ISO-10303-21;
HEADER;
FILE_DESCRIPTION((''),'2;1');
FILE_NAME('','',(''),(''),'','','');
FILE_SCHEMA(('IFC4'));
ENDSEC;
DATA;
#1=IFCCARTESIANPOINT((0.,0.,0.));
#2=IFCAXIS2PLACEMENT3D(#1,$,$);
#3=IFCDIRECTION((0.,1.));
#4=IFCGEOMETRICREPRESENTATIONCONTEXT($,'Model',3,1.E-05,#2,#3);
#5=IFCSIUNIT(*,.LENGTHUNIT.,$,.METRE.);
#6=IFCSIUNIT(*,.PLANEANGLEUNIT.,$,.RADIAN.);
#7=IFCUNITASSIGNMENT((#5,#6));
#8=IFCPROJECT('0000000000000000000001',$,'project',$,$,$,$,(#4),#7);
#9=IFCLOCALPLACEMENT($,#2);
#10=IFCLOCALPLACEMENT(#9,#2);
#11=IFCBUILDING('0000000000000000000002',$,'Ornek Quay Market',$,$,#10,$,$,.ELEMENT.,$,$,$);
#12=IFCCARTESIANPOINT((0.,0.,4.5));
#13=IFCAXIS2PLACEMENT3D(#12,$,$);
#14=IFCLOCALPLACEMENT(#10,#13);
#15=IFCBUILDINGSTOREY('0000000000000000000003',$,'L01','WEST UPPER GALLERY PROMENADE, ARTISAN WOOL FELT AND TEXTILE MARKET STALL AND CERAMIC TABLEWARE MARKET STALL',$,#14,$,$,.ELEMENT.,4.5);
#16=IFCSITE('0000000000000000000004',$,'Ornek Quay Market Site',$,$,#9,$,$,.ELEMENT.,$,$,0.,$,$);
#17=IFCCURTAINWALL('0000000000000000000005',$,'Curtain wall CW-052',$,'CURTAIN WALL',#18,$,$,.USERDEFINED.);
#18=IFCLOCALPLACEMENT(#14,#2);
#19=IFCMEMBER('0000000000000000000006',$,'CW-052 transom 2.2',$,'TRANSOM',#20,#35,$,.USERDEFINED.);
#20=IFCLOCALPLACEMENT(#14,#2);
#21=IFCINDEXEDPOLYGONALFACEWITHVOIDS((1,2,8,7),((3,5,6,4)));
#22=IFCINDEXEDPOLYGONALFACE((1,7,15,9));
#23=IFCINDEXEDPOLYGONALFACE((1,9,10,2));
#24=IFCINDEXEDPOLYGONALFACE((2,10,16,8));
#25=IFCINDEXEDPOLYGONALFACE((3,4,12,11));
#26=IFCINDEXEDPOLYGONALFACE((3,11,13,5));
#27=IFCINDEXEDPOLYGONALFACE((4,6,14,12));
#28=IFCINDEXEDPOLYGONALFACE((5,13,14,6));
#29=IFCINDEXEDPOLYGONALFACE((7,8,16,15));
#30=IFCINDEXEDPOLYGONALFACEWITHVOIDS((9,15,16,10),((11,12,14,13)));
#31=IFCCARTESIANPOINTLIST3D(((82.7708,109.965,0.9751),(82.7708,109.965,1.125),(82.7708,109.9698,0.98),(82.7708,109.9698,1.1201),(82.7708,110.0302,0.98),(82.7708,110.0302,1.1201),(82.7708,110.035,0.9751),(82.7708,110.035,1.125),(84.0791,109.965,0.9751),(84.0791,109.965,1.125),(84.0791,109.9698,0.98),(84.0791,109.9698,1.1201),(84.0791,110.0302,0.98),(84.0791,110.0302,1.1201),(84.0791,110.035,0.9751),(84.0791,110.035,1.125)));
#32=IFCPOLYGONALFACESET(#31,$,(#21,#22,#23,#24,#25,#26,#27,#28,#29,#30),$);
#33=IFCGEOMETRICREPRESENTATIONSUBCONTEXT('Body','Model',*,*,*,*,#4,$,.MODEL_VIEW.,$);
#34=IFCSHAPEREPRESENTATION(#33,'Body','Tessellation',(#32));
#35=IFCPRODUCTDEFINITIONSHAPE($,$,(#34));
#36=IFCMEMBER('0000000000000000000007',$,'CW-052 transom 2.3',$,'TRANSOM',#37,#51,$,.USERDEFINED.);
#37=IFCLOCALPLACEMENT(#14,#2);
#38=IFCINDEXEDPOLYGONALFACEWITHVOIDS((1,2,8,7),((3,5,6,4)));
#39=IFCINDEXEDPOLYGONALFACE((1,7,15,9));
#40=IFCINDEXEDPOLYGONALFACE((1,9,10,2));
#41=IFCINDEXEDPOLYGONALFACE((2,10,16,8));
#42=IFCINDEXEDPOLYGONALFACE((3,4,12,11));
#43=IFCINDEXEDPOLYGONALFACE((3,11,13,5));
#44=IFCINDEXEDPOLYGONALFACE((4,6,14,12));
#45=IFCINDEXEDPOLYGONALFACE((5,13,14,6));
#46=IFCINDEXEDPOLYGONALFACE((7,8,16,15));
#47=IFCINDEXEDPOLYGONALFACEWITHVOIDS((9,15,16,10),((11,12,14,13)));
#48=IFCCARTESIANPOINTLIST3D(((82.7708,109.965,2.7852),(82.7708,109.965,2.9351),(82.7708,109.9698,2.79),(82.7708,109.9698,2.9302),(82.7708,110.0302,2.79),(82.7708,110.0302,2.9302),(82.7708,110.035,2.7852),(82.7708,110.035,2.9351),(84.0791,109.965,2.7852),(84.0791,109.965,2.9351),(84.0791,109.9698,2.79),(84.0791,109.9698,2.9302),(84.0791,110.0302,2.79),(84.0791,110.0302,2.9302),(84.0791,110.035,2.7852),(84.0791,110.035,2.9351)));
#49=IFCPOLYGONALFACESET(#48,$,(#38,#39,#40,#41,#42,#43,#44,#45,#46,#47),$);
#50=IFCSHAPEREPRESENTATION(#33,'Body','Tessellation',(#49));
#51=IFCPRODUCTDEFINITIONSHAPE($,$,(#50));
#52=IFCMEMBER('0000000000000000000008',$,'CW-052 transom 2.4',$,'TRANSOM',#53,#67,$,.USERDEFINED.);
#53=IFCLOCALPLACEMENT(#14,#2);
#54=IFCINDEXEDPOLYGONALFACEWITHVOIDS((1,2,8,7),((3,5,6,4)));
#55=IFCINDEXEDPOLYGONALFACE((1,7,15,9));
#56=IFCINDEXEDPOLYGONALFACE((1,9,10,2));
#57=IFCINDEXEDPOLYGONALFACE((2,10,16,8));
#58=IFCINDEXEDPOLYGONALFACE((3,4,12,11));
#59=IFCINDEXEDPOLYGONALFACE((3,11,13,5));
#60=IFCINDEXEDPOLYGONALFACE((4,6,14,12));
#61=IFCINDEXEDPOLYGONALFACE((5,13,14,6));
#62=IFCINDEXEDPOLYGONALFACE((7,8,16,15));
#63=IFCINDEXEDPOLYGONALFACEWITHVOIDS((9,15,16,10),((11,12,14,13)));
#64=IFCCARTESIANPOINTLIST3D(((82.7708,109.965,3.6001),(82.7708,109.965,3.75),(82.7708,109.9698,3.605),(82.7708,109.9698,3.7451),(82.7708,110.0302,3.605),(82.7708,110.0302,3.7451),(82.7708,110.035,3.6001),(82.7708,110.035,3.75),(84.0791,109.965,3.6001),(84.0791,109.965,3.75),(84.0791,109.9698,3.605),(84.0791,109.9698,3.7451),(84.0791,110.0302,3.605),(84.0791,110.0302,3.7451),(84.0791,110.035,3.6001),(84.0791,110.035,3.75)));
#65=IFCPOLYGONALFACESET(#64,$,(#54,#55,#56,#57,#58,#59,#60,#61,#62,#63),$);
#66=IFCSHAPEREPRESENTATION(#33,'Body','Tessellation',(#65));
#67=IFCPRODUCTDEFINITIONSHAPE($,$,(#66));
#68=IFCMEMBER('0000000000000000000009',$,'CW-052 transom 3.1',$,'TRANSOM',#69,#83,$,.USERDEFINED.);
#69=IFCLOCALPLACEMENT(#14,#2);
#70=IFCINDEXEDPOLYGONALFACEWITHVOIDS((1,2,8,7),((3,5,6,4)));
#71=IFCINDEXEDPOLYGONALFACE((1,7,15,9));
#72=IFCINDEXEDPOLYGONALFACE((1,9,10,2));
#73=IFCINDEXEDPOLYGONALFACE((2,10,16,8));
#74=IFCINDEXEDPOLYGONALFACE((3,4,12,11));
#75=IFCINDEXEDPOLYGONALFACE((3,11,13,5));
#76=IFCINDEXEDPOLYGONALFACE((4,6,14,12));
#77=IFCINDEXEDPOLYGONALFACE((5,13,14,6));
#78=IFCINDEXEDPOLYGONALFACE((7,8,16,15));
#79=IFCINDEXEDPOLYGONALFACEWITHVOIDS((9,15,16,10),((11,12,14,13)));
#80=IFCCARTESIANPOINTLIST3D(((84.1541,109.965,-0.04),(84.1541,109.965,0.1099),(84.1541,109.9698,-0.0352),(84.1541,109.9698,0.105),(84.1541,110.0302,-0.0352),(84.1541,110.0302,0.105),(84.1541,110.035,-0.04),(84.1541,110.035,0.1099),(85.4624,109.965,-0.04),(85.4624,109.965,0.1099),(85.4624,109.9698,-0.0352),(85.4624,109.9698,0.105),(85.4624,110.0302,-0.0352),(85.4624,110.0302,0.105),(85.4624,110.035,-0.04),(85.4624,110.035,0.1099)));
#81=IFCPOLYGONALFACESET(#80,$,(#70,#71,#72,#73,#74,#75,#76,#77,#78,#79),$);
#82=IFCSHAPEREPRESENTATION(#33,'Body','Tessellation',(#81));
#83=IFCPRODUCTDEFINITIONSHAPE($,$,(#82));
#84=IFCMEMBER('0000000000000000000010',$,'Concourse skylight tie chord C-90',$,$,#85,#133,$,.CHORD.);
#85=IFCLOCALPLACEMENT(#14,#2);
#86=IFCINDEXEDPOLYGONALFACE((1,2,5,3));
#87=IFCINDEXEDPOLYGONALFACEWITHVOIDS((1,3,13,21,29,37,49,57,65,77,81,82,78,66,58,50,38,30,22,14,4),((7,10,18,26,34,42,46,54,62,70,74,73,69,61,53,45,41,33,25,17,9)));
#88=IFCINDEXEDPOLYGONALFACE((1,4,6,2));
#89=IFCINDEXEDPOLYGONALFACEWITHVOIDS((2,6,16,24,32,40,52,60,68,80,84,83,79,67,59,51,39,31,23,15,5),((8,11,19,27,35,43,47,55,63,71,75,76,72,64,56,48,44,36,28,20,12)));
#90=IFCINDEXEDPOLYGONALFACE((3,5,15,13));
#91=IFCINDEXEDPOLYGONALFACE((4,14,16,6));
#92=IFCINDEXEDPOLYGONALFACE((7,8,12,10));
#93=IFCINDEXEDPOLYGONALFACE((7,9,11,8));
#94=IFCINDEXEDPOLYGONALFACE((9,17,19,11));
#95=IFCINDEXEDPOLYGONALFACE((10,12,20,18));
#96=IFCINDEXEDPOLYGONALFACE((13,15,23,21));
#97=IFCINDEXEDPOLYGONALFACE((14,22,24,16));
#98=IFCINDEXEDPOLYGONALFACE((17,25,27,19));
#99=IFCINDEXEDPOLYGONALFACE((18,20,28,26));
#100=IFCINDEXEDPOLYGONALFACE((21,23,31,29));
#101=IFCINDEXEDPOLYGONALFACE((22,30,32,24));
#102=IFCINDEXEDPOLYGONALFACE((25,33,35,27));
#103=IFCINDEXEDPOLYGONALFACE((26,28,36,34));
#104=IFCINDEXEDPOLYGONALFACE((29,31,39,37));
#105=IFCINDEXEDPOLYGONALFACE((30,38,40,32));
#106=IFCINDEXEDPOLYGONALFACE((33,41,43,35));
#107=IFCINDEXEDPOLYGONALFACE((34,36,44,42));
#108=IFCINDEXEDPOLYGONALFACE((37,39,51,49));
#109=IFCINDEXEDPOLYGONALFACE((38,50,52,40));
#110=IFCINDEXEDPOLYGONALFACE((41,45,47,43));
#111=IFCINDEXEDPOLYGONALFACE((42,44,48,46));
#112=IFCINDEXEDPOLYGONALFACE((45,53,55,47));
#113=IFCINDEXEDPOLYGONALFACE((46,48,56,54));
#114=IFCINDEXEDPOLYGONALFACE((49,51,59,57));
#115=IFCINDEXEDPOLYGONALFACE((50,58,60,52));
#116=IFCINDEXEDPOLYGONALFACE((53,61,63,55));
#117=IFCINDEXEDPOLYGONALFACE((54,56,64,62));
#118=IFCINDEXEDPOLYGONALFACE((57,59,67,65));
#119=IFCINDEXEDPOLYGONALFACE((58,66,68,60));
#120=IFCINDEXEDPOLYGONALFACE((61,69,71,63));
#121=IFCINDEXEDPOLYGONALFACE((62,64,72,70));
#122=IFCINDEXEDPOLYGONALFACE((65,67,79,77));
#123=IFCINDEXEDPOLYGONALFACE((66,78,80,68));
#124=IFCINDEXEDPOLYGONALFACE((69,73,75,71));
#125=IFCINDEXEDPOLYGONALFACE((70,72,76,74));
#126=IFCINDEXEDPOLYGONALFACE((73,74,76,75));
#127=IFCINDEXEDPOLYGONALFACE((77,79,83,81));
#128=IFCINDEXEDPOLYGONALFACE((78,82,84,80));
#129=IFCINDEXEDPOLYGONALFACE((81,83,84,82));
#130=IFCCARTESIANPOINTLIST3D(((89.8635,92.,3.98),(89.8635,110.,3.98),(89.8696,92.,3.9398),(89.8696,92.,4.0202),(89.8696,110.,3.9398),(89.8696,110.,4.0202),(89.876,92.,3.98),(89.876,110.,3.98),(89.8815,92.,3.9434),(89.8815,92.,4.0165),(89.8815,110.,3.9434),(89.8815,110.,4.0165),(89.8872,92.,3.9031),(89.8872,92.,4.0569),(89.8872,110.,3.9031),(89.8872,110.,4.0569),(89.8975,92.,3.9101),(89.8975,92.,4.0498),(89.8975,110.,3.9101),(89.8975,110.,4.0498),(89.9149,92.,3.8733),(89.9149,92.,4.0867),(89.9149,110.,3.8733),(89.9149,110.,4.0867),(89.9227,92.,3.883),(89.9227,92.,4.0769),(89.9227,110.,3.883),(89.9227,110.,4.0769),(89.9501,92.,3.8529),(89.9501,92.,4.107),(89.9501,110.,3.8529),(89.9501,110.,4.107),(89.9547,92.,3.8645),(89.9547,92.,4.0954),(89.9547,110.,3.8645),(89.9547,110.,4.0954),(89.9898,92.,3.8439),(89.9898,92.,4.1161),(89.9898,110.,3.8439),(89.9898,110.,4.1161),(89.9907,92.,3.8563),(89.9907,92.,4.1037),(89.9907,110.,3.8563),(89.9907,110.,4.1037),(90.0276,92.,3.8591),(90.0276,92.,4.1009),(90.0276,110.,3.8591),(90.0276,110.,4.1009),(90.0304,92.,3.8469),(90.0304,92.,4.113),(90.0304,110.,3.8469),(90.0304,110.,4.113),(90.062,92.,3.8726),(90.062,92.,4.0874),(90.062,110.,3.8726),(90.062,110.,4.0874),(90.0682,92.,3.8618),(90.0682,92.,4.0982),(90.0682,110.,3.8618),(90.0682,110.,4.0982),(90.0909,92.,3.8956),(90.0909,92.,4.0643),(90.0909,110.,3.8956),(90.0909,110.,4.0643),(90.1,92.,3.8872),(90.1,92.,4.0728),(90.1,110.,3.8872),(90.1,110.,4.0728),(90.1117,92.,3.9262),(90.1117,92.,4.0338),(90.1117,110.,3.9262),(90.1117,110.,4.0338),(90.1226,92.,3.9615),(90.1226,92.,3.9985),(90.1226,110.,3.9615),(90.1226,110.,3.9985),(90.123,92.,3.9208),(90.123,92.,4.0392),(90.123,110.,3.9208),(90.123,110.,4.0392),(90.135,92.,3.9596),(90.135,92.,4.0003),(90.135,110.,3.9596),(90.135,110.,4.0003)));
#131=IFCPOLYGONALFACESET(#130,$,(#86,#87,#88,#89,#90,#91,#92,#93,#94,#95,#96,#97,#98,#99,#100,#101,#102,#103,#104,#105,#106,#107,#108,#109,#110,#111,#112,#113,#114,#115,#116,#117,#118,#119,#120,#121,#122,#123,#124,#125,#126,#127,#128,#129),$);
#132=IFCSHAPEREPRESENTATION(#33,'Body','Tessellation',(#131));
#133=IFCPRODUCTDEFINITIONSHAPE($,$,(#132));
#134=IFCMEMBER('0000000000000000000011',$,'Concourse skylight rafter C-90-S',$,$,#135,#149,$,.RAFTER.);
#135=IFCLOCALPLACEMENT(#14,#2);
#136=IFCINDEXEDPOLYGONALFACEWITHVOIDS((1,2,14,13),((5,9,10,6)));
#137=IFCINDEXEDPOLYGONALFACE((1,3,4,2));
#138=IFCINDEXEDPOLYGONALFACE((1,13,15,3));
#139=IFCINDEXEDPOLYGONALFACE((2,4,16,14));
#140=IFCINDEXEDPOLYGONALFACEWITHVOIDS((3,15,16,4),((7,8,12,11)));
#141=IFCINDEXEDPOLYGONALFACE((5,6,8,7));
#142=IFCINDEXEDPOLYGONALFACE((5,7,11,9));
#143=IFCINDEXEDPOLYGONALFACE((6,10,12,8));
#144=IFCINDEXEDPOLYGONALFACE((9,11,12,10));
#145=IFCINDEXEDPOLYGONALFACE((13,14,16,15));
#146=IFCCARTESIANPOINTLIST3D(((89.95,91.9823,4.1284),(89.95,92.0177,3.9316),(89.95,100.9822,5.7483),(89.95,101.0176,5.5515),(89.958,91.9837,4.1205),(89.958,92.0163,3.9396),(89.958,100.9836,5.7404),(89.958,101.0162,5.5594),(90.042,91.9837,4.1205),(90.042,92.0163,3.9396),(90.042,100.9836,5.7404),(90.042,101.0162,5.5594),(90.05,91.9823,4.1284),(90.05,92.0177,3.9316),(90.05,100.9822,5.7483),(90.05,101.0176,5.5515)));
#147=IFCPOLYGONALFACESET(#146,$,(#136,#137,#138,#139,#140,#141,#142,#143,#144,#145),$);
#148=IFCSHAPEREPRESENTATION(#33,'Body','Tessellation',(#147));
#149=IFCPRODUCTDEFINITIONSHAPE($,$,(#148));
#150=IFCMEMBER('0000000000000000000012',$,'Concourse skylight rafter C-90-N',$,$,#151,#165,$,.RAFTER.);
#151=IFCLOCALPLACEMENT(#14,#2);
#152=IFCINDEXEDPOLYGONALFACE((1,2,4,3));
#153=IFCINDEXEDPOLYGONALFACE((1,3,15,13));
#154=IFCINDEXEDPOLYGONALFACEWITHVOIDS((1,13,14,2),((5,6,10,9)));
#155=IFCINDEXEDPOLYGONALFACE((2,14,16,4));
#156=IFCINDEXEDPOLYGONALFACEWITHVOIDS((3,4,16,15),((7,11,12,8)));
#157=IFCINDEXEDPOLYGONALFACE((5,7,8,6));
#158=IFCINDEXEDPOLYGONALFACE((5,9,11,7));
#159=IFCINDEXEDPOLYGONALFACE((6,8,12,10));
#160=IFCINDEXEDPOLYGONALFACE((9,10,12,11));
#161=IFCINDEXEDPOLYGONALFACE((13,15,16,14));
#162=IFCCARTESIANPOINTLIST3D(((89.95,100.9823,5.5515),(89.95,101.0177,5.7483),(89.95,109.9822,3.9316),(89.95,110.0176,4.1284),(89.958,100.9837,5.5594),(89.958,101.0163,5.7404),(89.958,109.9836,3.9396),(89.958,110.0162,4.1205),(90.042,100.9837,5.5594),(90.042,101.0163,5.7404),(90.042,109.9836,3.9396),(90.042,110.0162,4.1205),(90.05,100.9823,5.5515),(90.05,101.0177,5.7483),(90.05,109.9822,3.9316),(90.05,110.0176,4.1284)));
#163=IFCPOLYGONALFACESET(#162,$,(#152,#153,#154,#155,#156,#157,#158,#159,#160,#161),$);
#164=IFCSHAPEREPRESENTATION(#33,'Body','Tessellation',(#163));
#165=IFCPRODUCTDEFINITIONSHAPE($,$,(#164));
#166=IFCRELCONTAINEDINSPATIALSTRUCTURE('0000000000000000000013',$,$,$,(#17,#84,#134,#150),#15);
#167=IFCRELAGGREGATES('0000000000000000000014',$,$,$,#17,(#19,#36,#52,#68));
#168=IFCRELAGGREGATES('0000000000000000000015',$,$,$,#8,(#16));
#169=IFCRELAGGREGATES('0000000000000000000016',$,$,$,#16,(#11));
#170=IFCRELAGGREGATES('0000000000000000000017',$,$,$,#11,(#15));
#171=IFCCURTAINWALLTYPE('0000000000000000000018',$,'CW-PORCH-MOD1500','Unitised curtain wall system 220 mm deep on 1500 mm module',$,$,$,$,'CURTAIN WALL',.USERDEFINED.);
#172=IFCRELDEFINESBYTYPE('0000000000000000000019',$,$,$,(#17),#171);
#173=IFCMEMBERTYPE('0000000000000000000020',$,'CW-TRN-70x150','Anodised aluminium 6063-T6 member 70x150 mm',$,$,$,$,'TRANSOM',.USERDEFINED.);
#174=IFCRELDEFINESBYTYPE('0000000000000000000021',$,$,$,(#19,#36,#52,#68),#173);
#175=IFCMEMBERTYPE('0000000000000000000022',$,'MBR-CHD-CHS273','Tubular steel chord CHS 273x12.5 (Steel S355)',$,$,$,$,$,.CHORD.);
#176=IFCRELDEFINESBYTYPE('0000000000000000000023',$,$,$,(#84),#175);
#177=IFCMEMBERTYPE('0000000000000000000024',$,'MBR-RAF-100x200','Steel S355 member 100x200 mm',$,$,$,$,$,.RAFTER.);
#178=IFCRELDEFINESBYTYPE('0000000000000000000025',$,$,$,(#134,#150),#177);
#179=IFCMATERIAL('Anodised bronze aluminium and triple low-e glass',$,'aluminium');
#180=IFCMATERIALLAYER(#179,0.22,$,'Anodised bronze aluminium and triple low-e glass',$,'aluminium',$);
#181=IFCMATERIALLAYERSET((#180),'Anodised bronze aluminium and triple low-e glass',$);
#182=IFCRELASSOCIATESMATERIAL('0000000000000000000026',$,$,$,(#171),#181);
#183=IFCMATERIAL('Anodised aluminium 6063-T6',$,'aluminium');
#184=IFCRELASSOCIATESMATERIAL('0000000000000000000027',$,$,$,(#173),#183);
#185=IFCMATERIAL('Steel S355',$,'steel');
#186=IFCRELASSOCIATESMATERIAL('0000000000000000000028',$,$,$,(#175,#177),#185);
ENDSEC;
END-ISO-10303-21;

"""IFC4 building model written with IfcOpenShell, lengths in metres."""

from ifc_helpers import new_model, si_unit, direction, frame, origin, origin_2d, place, context, subcontext, project, spatial, hollow_rectangle, hollow_circle, extrude, material, layer, layer_set, material_profile, profile_set, type_object, element, aggregate, save


model = new_model("IFC4")

# Units and contexts
model_context = context("Model", 3, precision=1e-05, world=origin(), true_north=direction((0.0, 1.0)))
body_context = subcontext(model_context, "Body", "Model", "MODEL_VIEW")
ifc_project = project(units=[si_unit("LENGTHUNIT", "METRE"), si_unit("PLANEANGLEUNIT", "RADIAN")], contexts=[model_context])

# Site, building, storey
site_placement = place(None, origin())
site = spatial("IfcSite", under=ifc_project, at=site_placement, Name="Ornek Quay Market Site", CompositionType="ELEMENT", RefElevation=0.0)
building_placement = place(site_placement, origin())
building = spatial("IfcBuilding", under=site, at=building_placement, Name="Ornek Quay Market", CompositionType="ELEMENT")
storey_placement = place(building_placement, frame((0.0, 0.0, 4.5)))
storey = spatial("IfcBuildingStorey", under=building, at=storey_placement, Name="L01", Description="WEST UPPER GALLERY PROMENADE, ARTISAN WOOL FELT AND TEXTILE MARKET STALL AND CERAMIC TABLEWARE MARKET STALL", CompositionType="ELEMENT", Elevation=4.5)

# Shared definitions
ifc_material_1 = material(Name="Anodised bronze aluminium and triple low-e glass", Category="aluminium")
ifc_material_2 = material(Name="Anodised aluminium 6063-T6", Category="aluminium")

# Curtain wall
ifc_layer_1 = layer(ifc_material_1, 0.22, Name="Anodised bronze aluminium and triple low-e glass", Category="aluminium")
ifc_layer_set_1 = layer_set([ifc_layer_1], Name="Anodised bronze aluminium and triple low-e glass")
curtain_wall_type_1 = type_object("IfcCurtainWallType", Name="CW-PORCH-MOD1500", Description="Unitised curtain wall system 220 mm deep on 1500 mm module", ElementType="CURTAIN WALL", PredefinedType="USERDEFINED", material=ifc_layer_set_1)
curtain_wall_1_placement = place(storey_placement, origin())
curtain_wall_1 = element("IfcCurtainWall", 1, at=curtain_wall_1_placement, inside=storey, type_object=curtain_wall_type_1, Name="Curtain wall CW-052", ObjectType="CURTAIN WALL", PredefinedType="USERDEFINED")

# Members
ifc_material_profile_1 = material_profile(ifc_material_2, hollow_rectangle(XDim=0.0701, YDim=0.1499, WallThickness=0.0049, at=origin_2d()), Name="CW-TRN-70x150", Category="aluminium")
ifc_profile_set_1 = profile_set([ifc_material_profile_1], Name="Anodised aluminium 6063-T6")
member_type_1 = type_object("IfcMemberType", Name="CW-TRN-70x150", Description="Anodised aluminium 6063-T6 member 70x150 mm", ElementType="TRANSOM", PredefinedType="USERDEFINED", material=ifc_profile_set_1)
member_1_placement = place(storey_placement, frame((82.7708, 110.0, 1.05), z_axis=(1.0, 0.0, 0.0), x_axis=(0.0, 1.0, 0.0)))
member_1 = element("IfcMember", 2, at=member_1_placement, type_object=member_type_1, Name="CW-052 transom 2.2", ObjectType="TRANSOM", PredefinedType="USERDEFINED", context=body_context, shape_type="SweptSolid", body=[
    extrude(hollow_rectangle(XDim=0.0701, YDim=0.1499, WallThickness=0.0049, at=origin_2d()), origin(), (0.0, 0.0, 1.0), 1.3083),
])
member_2_placement = place(storey_placement, frame((82.7708, 110.0, 2.8601), z_axis=(1.0, 0.0, 0.0), x_axis=(0.0, 1.0, 0.0)))
member_2 = element("IfcMember", 3, at=member_2_placement, type_object=member_type_1, Name="CW-052 transom 2.3", ObjectType="TRANSOM", PredefinedType="USERDEFINED", context=body_context, shape_type="SweptSolid", body=[
    extrude(hollow_rectangle(XDim=0.0701, YDim=0.1499, WallThickness=0.0049, at=origin_2d()), origin(), (0.0, 0.0, 1.0), 1.3083),
])
member_3_placement = place(storey_placement, frame((82.7708, 110.0, 3.675), z_axis=(1.0, 0.0, 0.0), x_axis=(0.0, 1.0, 0.0)))
member_3 = element("IfcMember", 4, at=member_3_placement, type_object=member_type_1, Name="CW-052 transom 2.4", ObjectType="TRANSOM", PredefinedType="USERDEFINED", context=body_context, shape_type="SweptSolid", body=[
    extrude(hollow_rectangle(XDim=0.0701, YDim=0.1499, WallThickness=0.0049, at=origin_2d()), origin(), (0.0, 0.0, 1.0), 1.3083),
])
member_4_placement = place(storey_placement, frame((84.1541, 110.0, 0.0349), z_axis=(1.0, 0.0, 0.0), x_axis=(0.0, 1.0, 0.0)))
member_4 = element("IfcMember", 5, at=member_4_placement, type_object=member_type_1, Name="CW-052 transom 3.1", ObjectType="TRANSOM", PredefinedType="USERDEFINED", context=body_context, shape_type="SweptSolid", body=[
    extrude(hollow_rectangle(XDim=0.0701, YDim=0.1499, WallThickness=0.0049, at=origin_2d()), origin(), (0.0, 0.0, 1.0), 1.3083),
])

# Members
ifc_material_3 = material(Name="Steel S355", Category="steel")
ifc_material_profile_2 = material_profile(ifc_material_3, hollow_circle(Radius=0.1365, WallThickness=0.0125, at=origin_2d()), Name="CHS 273x12.5", Category="steel")
ifc_profile_set_2 = profile_set([ifc_material_profile_2], Name="Steel S355")
member_type_2 = type_object("IfcMemberType", Name="MBR-CHD-CHS273", Description="Tubular steel chord CHS 273x12.5 (Steel S355)", PredefinedType="CHORD", material=ifc_profile_set_2)
member_5_placement = place(storey_placement, frame((90.0, 92.0, 3.98), z_axis=(0.0, 1.0, 0.0), x_axis=(-1.0, 0.0, 0.0)))
element("IfcMember", 6, at=member_5_placement, inside=storey, type_object=member_type_2, Name="Concourse skylight tie chord C-90", PredefinedType="CHORD", context=body_context, shape_type="SweptSolid", body=[
    extrude(hollow_circle(Radius=0.1365, WallThickness=0.0125, at=origin_2d()), origin(), (0.0, 0.0, 1.0), 18.0),
])
ifc_material_profile_3 = material_profile(ifc_material_3, hollow_rectangle(XDim=0.1001, YDim=0.2, WallThickness=0.0081, at=origin_2d()), Name="MBR-RAF-100x200", Category="steel")
ifc_profile_set_3 = profile_set([ifc_material_profile_3], Name="Steel S355")
member_type_3 = type_object("IfcMemberType", Name="MBR-RAF-100x200", Description="Steel S355 member 100x200 mm", PredefinedType="RAFTER", material=ifc_profile_set_3)
for number, where, z_axis, x_axis, name in (
    (7, (90.0, 92.0, 4.03), (0.0, 0.984186, 0.17714), (-1.0, 0.0, 0.0), "Concourse skylight rafter C-90-S"),
    (8, (90.0, 101.0, 5.6499), (0.0, 0.984186, -0.17714), (-1.0, 0.0, 0.0), "Concourse skylight rafter C-90-N"),
):
    element("IfcMember", number, at=place(storey_placement, frame(where, z_axis=z_axis, x_axis=x_axis)), inside=storey, type_object=member_type_3, Name=name, PredefinedType="RAFTER", context=body_context, shape_type="SweptSolid", body=[
        extrude(hollow_rectangle(XDim=0.1001, YDim=0.2, WallThickness=0.0081, at=origin_2d()), origin(), (0.0, 0.0, 1.0), 9.1445),
    ])

aggregate(curtain_wall_1, [member_1, member_2, member_3, member_4])

save(model, "model.ifc")
